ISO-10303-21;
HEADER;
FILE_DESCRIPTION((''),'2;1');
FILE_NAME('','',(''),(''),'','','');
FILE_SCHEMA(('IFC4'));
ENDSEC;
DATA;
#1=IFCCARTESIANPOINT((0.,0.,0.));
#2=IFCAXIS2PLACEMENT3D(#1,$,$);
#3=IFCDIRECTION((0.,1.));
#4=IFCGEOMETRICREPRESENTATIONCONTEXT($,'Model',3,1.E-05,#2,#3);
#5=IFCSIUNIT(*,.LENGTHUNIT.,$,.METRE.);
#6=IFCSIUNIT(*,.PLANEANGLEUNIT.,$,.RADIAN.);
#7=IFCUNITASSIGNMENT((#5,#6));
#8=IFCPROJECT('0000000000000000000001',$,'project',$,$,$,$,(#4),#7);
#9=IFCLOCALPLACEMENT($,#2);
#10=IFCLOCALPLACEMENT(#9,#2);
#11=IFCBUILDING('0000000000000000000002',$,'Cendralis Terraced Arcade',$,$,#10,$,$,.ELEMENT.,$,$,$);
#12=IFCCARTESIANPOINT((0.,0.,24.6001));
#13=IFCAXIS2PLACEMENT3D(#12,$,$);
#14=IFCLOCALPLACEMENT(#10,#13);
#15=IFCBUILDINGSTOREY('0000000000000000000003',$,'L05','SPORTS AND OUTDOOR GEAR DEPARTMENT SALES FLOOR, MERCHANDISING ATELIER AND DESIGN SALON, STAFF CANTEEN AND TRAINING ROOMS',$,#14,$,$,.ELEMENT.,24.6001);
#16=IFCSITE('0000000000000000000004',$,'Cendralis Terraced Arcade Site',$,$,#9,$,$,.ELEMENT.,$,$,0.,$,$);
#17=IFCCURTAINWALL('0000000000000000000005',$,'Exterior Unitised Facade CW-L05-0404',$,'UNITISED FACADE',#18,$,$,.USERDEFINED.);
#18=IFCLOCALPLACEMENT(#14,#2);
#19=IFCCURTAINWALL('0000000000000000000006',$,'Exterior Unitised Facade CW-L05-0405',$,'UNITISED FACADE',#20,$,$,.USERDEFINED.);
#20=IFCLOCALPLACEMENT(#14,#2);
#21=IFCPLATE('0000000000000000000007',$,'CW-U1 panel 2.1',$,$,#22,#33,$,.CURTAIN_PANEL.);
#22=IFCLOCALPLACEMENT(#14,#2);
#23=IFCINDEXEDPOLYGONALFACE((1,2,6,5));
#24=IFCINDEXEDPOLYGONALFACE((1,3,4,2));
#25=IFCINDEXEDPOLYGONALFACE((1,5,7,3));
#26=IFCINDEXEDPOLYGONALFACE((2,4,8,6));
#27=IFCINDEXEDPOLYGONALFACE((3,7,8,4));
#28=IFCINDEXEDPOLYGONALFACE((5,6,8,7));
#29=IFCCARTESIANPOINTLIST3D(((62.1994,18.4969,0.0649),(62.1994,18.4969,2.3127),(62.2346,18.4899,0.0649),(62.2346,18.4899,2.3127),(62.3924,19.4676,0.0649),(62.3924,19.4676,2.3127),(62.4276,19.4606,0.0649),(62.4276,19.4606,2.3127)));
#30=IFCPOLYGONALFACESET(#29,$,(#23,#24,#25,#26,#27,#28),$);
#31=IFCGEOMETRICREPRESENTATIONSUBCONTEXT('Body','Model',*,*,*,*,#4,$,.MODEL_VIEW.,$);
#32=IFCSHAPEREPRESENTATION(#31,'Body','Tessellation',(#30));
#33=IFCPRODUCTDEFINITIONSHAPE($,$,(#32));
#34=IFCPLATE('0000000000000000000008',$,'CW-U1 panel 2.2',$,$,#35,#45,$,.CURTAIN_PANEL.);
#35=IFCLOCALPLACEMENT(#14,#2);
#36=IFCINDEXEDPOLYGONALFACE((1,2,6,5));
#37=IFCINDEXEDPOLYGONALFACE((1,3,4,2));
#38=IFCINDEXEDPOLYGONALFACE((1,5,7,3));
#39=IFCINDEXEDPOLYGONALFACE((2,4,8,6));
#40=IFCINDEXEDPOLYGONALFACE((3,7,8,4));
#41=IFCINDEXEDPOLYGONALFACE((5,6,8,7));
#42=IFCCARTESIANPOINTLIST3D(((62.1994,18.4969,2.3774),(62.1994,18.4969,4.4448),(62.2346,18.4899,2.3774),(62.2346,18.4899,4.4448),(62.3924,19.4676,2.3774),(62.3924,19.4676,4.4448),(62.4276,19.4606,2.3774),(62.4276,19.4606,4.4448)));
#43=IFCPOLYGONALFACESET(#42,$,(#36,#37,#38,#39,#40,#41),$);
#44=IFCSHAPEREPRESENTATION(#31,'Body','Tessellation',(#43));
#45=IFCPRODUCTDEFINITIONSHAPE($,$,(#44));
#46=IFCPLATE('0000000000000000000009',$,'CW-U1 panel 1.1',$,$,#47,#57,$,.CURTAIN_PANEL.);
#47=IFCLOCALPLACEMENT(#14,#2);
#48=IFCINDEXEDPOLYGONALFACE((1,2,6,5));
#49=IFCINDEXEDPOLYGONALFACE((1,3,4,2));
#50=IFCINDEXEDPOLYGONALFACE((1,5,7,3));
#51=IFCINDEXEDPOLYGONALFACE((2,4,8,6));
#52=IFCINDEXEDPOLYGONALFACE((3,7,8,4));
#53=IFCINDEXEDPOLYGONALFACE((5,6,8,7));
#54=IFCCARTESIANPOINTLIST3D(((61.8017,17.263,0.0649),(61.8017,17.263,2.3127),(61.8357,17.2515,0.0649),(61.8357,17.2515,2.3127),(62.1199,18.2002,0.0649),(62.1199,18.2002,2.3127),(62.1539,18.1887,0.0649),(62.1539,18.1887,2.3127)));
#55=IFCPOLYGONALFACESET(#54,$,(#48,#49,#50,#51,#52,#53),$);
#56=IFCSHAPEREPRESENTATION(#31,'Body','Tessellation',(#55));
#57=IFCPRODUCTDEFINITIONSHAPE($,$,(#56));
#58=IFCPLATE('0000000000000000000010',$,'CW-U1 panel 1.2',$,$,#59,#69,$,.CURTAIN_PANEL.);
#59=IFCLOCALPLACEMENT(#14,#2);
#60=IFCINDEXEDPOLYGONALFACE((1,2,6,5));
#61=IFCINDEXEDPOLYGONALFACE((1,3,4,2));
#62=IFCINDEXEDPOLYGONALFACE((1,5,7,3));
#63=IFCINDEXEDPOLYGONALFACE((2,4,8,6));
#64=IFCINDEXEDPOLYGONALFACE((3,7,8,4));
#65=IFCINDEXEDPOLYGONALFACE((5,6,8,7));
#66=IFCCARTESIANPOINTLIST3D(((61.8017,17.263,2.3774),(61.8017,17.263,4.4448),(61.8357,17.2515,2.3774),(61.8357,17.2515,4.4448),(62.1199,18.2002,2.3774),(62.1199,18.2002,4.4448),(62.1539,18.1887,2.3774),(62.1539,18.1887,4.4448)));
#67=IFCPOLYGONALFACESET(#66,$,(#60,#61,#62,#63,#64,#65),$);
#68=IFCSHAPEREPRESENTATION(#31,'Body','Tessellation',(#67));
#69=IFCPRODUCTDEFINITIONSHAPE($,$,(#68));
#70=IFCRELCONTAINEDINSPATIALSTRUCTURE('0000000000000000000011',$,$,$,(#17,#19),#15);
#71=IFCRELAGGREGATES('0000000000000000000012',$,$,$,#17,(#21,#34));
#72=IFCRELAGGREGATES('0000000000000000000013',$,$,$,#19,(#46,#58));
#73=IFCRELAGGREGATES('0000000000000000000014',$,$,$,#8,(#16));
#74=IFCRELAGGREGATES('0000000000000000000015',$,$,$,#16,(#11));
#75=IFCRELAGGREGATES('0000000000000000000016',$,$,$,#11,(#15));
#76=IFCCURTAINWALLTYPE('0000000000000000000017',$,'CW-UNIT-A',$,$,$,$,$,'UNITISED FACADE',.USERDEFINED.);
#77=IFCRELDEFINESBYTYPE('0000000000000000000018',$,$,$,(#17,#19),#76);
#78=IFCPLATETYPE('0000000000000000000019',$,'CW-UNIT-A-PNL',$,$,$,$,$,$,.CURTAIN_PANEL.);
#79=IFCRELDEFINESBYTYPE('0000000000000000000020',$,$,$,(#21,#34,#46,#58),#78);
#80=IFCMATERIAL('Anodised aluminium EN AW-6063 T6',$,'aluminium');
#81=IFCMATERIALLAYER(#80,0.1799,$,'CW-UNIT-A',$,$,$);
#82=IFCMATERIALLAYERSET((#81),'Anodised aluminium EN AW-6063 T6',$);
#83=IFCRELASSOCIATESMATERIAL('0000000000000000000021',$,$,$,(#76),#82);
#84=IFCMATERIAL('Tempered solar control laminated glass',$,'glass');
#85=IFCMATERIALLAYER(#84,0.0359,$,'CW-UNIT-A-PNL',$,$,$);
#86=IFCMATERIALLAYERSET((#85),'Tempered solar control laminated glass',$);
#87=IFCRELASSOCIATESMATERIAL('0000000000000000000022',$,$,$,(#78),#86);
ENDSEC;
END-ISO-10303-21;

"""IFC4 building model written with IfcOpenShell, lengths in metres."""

from ifc_helpers import new_model, si_unit, direction, frame, origin, origin_2d, place, context, subcontext, project, spatial, rectangle, extrude, material, layer, layer_set, type_object, element, aggregate, save


model = new_model("IFC4")

# Units and contexts
model_context = context("Model", 3, precision=1e-05, world=origin(), true_north=direction((0.0, 1.0)))
body_context = subcontext(model_context, "Body", "Model", "MODEL_VIEW")
ifc_project = project(units=[si_unit("LENGTHUNIT", "METRE"), si_unit("PLANEANGLEUNIT", "RADIAN")], contexts=[model_context])

# Site, building, storey
site_placement = place(None, origin())
site = spatial("IfcSite", under=ifc_project, at=site_placement, Name="Cendralis Terraced Arcade Site", CompositionType="ELEMENT", RefElevation=0.0)
building_placement = place(site_placement, origin())
building = spatial("IfcBuilding", under=site, at=building_placement, Name="Cendralis Terraced Arcade", CompositionType="ELEMENT")
storey_placement = place(building_placement, frame((0.0, 0.0, 24.6001)))
storey = spatial("IfcBuildingStorey", under=building, at=storey_placement, Name="L05", Description="SPORTS AND OUTDOOR GEAR DEPARTMENT SALES FLOOR, MERCHANDISING ATELIER AND DESIGN SALON, STAFF CANTEEN AND TRAINING ROOMS", CompositionType="ELEMENT", Elevation=24.6001)

# Curtain walls
ifc_material_1 = material(Name="Anodised aluminium EN AW-6063 T6", Category="aluminium")
ifc_layer_1 = layer(ifc_material_1, 0.1799, Name="CW-UNIT-A")
ifc_layer_set_1 = layer_set([ifc_layer_1], Name="Anodised aluminium EN AW-6063 T6")
curtain_wall_type = type_object("IfcCurtainWallType", Name="CW-UNIT-A", ElementType="UNITISED FACADE", PredefinedType="USERDEFINED", material=ifc_layer_set_1)
curtain_wall_1_placement = place(storey_placement, origin())
curtain_wall_1 = element("IfcCurtainWall", 1, at=curtain_wall_1_placement, inside=storey, type_object=curtain_wall_type, Name="Exterior Unitised Facade CW-L05-0404", ObjectType="UNITISED FACADE", PredefinedType="USERDEFINED")
curtain_wall_2_placement = place(storey_placement, origin())
curtain_wall_2 = element("IfcCurtainWall", 2, at=curtain_wall_2_placement, inside=storey, type_object=curtain_wall_type, Name="Exterior Unitised Facade CW-L05-0405", ObjectType="UNITISED FACADE", PredefinedType="USERDEFINED")

# Plates
ifc_material_2 = material(Name="Tempered solar control laminated glass", Category="glass")
ifc_layer_2 = layer(ifc_material_2, 0.0359, Name="CW-UNIT-A-PNL")
ifc_layer_set_2 = layer_set([ifc_layer_2], Name="Tempered solar control laminated glass")
plate_type = type_object("IfcPlateType", Name="CW-UNIT-A-PNL", PredefinedType="CURTAIN_PANEL", material=ifc_layer_set_2)
plate_1_placement = place(storey_placement, frame((62.3135, 18.9788, 0.0649), z_axis=(0.0, 0.0, 1.0), x_axis=(-0.195046, -0.980794, 0.0)))
plate_1 = element("IfcPlate", 3, at=plate_1_placement, type_object=plate_type, Name="CW-U1 panel 2.1", PredefinedType="CURTAIN_PANEL", context=body_context, shape_type="SweptSolid", body=[
    extrude(rectangle(XDim=0.9897, YDim=0.0359, at=origin_2d()), origin(), (0.0, 0.0, 1.0), 2.2478),
])
plate_2_placement = place(storey_placement, frame((62.3135, 18.9788, 2.3774), z_axis=(0.0, 0.0, 1.0), x_axis=(-0.195046, -0.980794, 0.0)))
plate_2 = element("IfcPlate", 4, at=plate_2_placement, type_object=plate_type, Name="CW-U1 panel 2.2", PredefinedType="CURTAIN_PANEL", context=body_context, shape_type="SweptSolid", body=[
    extrude(rectangle(XDim=0.9897, YDim=0.0359, at=origin_2d()), origin(), (0.0, 0.0, 1.0), 2.0674),
])
aggregate(curtain_wall_1, [plate_1, plate_2])
plate_3_placement = place(storey_placement, frame((61.9778, 17.7258, 0.0649), z_axis=(0.0, 0.0, 1.0), x_axis=(-0.321479, -0.946917, 0.0)))
plate_3 = element("IfcPlate", 5, at=plate_3_placement, type_object=plate_type, Name="CW-U1 panel 1.1", PredefinedType="CURTAIN_PANEL", context=body_context, shape_type="SweptSolid", body=[
    extrude(rectangle(XDim=0.9897, YDim=0.0359, at=origin_2d()), origin(), (0.0, 0.0, 1.0), 2.2478),
])
plate_4_placement = place(storey_placement, frame((61.9778, 17.7258, 2.3774), z_axis=(0.0, 0.0, 1.0), x_axis=(-0.321479, -0.946917, 0.0)))
plate_4 = element("IfcPlate", 6, at=plate_4_placement, type_object=plate_type, Name="CW-U1 panel 1.2", PredefinedType="CURTAIN_PANEL", context=body_context, shape_type="SweptSolid", body=[
    extrude(rectangle(XDim=0.9897, YDim=0.0359, at=origin_2d()), origin(), (0.0, 0.0, 1.0), 2.0674),
])
aggregate(curtain_wall_2, [plate_3, plate_4])

save(model, "model.ifc")
